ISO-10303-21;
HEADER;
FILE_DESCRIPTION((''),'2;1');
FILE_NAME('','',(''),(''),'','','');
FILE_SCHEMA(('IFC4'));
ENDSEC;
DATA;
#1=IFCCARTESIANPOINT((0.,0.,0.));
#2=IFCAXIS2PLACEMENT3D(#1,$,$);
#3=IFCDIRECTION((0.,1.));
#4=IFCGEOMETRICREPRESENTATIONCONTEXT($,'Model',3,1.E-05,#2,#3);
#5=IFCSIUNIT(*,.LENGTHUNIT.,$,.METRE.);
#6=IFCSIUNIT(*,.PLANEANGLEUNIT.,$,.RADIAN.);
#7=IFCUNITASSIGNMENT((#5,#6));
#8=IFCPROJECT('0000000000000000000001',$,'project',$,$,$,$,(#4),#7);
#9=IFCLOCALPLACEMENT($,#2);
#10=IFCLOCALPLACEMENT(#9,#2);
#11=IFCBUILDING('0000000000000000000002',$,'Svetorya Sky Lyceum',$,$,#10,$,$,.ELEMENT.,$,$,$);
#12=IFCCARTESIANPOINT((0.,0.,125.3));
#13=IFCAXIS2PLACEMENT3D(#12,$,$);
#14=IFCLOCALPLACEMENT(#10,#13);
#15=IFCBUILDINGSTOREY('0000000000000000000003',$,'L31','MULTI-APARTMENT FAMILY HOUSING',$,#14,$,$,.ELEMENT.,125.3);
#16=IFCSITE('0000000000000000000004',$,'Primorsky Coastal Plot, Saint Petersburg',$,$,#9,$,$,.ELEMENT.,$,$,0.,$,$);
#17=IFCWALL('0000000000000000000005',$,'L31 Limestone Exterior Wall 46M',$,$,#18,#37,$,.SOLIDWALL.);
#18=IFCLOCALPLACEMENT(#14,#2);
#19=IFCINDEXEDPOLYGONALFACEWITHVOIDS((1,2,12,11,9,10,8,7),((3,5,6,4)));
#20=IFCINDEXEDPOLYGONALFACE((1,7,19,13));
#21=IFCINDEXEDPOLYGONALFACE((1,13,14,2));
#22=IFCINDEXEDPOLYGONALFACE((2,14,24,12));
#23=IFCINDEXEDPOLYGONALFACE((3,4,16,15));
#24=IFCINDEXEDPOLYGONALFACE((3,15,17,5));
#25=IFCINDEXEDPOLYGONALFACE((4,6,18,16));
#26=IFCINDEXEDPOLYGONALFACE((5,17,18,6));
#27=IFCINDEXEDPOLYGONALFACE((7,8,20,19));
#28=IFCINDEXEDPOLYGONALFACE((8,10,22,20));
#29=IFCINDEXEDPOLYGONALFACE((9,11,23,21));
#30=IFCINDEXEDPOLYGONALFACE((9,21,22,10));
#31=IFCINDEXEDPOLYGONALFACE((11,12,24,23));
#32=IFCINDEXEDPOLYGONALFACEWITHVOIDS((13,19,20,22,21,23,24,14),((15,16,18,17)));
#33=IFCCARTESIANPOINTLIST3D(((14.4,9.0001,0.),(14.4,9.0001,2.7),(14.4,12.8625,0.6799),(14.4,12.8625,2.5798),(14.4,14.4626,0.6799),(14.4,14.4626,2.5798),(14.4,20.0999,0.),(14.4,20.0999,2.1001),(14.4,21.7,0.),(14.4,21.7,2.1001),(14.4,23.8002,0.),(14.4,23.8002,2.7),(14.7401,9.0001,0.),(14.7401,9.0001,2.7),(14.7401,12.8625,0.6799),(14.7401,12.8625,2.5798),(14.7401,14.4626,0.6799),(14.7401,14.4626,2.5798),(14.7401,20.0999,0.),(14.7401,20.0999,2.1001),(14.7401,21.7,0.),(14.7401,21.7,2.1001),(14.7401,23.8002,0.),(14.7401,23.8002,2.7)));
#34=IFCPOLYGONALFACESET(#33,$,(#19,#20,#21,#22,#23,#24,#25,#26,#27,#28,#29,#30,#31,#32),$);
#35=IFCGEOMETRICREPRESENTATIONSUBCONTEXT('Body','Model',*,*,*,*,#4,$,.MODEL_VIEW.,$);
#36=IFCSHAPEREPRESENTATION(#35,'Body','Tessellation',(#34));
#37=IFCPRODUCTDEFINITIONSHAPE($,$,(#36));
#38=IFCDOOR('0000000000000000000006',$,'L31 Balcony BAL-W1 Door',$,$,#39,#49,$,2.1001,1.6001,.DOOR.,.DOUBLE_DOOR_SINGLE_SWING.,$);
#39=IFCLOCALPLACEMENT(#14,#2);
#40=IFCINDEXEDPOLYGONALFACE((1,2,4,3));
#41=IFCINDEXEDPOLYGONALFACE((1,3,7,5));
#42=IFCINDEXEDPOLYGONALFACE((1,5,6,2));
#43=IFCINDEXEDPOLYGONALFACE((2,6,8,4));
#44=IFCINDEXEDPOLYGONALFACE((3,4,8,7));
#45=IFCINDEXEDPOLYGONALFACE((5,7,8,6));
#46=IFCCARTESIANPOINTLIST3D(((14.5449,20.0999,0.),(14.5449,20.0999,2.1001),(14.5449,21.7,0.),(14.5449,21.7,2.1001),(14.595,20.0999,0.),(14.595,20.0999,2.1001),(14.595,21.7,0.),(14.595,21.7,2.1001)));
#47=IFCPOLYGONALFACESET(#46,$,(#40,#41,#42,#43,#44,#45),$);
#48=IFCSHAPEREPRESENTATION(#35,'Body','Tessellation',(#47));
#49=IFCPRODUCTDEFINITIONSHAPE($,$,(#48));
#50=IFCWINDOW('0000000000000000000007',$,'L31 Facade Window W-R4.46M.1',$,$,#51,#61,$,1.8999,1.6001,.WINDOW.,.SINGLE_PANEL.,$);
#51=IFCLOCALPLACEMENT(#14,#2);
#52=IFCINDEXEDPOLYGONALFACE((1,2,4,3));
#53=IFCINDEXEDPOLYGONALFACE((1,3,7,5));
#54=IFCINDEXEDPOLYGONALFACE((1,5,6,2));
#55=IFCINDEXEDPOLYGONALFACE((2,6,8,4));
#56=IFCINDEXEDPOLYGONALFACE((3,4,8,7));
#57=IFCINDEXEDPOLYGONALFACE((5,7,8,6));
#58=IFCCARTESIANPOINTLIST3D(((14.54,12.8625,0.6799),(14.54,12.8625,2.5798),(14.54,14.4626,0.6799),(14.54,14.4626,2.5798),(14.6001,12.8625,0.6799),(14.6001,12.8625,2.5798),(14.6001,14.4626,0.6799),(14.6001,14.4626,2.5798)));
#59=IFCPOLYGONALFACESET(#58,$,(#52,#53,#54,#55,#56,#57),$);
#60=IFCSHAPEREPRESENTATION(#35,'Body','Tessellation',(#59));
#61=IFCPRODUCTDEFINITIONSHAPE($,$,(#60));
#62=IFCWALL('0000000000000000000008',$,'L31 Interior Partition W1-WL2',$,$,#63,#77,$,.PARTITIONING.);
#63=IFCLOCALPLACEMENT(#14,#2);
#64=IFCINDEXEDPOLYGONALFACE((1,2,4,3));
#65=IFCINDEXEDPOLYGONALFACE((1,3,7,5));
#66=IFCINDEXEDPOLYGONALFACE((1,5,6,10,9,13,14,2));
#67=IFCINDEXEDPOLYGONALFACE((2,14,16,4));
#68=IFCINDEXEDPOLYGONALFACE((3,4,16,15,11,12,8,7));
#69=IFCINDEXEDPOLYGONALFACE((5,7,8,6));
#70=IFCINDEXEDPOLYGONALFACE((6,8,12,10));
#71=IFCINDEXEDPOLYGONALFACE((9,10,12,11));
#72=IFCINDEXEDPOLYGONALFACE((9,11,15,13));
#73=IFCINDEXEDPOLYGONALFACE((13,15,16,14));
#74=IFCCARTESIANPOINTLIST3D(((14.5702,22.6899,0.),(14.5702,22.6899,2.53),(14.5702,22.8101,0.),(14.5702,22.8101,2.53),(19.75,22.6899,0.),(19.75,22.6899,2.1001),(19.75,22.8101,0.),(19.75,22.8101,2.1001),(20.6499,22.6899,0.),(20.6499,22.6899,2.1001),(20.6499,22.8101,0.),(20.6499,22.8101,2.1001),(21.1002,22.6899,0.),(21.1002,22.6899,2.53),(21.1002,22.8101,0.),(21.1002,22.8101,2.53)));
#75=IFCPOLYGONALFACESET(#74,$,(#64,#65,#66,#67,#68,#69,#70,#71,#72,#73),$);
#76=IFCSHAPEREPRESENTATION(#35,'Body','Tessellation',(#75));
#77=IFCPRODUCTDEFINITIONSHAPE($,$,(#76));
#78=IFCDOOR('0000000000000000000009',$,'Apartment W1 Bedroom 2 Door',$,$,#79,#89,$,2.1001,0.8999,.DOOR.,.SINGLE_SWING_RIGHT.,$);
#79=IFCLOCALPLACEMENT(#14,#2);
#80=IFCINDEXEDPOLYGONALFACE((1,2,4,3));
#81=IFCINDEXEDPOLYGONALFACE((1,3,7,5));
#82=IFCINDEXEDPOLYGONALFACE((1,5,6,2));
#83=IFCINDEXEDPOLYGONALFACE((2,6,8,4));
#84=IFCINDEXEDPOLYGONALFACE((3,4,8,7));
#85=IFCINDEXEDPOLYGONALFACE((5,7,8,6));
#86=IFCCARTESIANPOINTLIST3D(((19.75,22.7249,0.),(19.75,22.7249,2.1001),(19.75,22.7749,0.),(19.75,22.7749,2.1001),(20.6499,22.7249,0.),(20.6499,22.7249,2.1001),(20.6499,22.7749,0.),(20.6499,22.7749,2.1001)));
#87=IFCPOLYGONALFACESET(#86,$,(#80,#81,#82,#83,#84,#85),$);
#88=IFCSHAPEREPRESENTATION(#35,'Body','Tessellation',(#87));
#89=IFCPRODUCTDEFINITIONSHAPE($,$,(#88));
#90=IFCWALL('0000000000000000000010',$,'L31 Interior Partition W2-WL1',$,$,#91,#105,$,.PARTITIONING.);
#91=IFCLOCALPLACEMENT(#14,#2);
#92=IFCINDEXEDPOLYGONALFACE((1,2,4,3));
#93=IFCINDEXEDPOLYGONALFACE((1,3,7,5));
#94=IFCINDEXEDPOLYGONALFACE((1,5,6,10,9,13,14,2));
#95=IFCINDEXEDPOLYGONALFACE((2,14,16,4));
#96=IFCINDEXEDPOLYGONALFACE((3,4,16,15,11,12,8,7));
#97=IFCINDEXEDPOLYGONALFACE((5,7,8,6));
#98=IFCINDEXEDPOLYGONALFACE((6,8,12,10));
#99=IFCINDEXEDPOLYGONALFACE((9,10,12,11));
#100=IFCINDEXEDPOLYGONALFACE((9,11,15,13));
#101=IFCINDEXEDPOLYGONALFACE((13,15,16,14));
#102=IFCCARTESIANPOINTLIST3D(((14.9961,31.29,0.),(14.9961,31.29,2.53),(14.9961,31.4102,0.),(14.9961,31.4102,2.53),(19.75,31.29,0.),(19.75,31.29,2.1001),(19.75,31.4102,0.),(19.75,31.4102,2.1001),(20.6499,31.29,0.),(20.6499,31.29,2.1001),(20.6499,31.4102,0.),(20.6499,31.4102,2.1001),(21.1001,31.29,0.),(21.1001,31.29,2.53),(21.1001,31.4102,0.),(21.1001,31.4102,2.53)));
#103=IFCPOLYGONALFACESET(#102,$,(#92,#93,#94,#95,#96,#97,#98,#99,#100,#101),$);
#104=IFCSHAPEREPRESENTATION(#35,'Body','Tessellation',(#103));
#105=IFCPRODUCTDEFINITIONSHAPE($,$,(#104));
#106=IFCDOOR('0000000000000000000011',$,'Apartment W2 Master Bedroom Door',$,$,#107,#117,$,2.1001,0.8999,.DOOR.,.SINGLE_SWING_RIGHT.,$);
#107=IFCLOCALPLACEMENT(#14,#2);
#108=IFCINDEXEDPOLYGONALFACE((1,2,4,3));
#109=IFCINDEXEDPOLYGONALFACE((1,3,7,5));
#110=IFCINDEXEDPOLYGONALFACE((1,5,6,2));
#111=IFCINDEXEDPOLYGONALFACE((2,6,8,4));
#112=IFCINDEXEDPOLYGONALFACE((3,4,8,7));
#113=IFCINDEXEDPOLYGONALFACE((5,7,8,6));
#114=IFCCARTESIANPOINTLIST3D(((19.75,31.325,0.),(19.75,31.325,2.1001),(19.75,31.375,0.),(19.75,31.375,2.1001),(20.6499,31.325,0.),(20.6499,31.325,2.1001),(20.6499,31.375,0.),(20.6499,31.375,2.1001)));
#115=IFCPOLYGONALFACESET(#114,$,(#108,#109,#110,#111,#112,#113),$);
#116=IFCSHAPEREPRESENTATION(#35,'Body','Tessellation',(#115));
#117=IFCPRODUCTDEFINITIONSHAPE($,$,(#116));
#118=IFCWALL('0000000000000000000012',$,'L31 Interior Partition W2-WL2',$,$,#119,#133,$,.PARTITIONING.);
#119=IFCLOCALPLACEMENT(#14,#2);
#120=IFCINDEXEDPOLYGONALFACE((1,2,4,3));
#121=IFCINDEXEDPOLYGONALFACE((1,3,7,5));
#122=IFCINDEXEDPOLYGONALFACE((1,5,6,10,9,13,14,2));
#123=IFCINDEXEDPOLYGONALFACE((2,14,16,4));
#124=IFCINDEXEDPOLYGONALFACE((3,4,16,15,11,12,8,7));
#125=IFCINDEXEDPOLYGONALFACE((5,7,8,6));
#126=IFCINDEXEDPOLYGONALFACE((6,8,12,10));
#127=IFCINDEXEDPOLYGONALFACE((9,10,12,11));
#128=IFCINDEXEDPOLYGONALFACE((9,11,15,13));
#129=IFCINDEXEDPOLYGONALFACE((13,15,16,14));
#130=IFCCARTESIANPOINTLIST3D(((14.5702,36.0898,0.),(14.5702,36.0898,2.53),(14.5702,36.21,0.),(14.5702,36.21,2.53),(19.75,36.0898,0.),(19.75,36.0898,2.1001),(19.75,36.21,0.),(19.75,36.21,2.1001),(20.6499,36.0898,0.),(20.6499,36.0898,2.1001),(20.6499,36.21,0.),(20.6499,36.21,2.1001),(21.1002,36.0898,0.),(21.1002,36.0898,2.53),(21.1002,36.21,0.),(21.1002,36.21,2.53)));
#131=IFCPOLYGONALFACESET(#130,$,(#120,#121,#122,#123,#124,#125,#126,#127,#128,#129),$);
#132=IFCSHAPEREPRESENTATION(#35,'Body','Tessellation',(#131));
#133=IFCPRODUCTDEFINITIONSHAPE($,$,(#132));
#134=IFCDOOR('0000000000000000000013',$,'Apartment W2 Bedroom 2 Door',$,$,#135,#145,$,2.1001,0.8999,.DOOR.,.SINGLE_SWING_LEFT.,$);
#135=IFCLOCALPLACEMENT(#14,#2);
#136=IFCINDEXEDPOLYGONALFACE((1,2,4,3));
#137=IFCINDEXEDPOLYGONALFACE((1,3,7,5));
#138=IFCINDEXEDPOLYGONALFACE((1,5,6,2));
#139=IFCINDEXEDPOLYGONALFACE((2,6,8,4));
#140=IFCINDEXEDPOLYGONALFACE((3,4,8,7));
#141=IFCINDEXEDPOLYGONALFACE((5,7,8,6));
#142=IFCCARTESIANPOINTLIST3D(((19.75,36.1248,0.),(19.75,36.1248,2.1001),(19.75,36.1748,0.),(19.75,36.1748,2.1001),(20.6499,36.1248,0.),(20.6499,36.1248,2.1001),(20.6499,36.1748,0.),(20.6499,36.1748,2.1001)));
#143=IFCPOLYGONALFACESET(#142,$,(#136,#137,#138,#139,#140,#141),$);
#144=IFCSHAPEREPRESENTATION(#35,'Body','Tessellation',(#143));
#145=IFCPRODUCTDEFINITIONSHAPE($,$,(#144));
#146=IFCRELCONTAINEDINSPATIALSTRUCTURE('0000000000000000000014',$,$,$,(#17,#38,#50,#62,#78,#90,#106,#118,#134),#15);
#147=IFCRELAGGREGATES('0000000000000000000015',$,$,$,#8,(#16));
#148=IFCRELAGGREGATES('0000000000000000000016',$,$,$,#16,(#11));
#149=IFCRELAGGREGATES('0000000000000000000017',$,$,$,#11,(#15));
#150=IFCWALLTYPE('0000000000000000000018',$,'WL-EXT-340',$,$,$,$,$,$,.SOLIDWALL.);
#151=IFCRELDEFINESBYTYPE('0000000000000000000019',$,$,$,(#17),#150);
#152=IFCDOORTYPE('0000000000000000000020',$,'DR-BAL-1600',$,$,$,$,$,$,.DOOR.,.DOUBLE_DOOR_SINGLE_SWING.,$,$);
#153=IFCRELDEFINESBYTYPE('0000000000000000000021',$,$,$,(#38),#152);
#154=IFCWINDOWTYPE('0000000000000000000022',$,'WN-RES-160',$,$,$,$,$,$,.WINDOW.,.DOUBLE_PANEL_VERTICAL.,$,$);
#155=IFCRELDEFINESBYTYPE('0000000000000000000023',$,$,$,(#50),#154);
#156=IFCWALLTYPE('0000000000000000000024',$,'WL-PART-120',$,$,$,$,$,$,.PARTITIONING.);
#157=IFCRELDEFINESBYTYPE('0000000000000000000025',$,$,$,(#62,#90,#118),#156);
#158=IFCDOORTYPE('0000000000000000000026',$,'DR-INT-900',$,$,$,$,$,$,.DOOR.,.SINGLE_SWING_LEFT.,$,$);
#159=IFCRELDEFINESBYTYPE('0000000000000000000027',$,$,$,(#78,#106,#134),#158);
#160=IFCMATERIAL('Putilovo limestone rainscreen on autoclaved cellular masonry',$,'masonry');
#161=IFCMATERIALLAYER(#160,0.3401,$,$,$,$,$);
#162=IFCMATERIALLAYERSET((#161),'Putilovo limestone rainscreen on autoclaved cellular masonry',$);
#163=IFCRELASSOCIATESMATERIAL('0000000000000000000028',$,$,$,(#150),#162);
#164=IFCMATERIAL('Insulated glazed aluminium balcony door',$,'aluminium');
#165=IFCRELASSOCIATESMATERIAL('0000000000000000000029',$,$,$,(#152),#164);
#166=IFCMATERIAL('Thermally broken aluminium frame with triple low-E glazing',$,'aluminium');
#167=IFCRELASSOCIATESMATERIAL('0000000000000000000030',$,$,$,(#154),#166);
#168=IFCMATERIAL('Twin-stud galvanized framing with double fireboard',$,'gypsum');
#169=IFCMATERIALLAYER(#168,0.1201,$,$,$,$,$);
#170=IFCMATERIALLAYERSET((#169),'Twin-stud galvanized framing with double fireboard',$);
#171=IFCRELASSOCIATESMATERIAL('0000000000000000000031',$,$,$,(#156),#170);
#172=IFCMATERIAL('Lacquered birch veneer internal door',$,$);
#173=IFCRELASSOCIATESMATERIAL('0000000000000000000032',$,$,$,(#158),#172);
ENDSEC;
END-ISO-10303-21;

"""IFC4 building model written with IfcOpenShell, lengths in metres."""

from ifc_helpers import new_model, si_unit, direction, frame, frame_2d, origin, place, context, subcontext, project, spatial, rectangle, extrude, material, layer, layer_set, type_object, element, fill, save


model = new_model("IFC4")

# Units and contexts
model_context = context("Model", 3, precision=1e-05, world=origin(), true_north=direction((0.0, 1.0)))
body_context = subcontext(model_context, "Body", "Model", "MODEL_VIEW")
ifc_project = project(units=[si_unit("LENGTHUNIT", "METRE"), si_unit("PLANEANGLEUNIT", "RADIAN")], contexts=[model_context])

# Site, building, storey
site_placement = place(None, origin())
site = spatial("IfcSite", under=ifc_project, at=site_placement, Name="Primorsky Coastal Plot, Saint Petersburg", CompositionType="ELEMENT", RefElevation=0.0)
building_placement = place(site_placement, origin())
building = spatial("IfcBuilding", under=site, at=building_placement, Name="Svetorya Sky Lyceum", CompositionType="ELEMENT")
storey_placement = place(building_placement, frame((0.0, 0.0, 125.3)))
storey = spatial("IfcBuildingStorey", under=building, at=storey_placement, Name="L31", Description="MULTI-APARTMENT FAMILY HOUSING", CompositionType="ELEMENT", Elevation=125.3)

# Shared definitions
ifc_material_1 = material(Name="Putilovo limestone rainscreen on autoclaved cellular masonry", Category="masonry")
ifc_layer_1 = layer(ifc_material_1, 0.3401)
ifc_layer_set_1 = layer_set([ifc_layer_1], Name="Putilovo limestone rainscreen on autoclaved cellular masonry")
wall_type_1 = type_object("IfcWallType", Name="WL-EXT-340", PredefinedType="SOLIDWALL", material=ifc_layer_set_1)

# Shared definitions
ifc_material_2 = material(Name="Thermally broken aluminium frame with triple low-E glazing", Category="aluminium")

# Wall, openings, door, window
wall_1_placement = place(storey_placement, frame((14.5701, 23.8, 0.0), z_axis=(0.0, 0.0, 1.0), x_axis=(0.0, -1.0, 0.0)))
wall_1 = element("IfcWall", 1, at=wall_1_placement, inside=storey, type_object=wall_type_1, Name="L31 Limestone Exterior Wall 46M", PredefinedType="SOLIDWALL", context=body_context, shape_type="SweptSolid", body=[
    extrude(rectangle(XDim=14.8, YDim=0.3401, at=frame_2d((7.3999, 0.0))), origin(), (0.0, 0.0, 1.0), 2.7),
])
opening_1_placement = place(wall_1_placement, frame((2.1001, 0.0, 0.0)))
opening_1 = element("IfcOpeningElement", 2, at=opening_1_placement, cuts=wall_1, PredefinedType="OPENING", context=body_context, shape_type="SweptSolid", body=[
    extrude(rectangle(XDim=1.6001, YDim=2.1001, at=frame_2d((0.8, 1.05))), frame((0.0, 0.1799, 0.0), z_axis=(0.0, -1.0, 0.0), x_axis=(1.0, 0.0, 0.0)), (0.0, 0.0, 1.0), 0.3601),
])
opening_2_placement = place(wall_1_placement, frame((9.3374, 0.0, 0.6799)))
opening_2 = element("IfcOpeningElement", 3, at=opening_2_placement, cuts=wall_1, PredefinedType="OPENING", context=body_context, shape_type="SweptSolid", body=[
    extrude(rectangle(XDim=1.6001, YDim=1.8999, at=frame_2d((0.8, 0.95))), frame((0.0, 0.1799, 0.0), z_axis=(0.0, -1.0, 0.0), x_axis=(1.0, 0.0, 0.0)), (0.0, 0.0, 1.0), 0.3601),
])
ifc_material_3 = material(Name="Insulated glazed aluminium balcony door", Category="aluminium")
door_type_1 = type_object("IfcDoorType", Name="DR-BAL-1600", OperationType="DOUBLE_DOOR_SINGLE_SWING", PredefinedType="DOOR", material=ifc_material_3)
door_1_placement = place(opening_1_placement, origin())
door_1 = element("IfcDoor", 4, at=door_1_placement, inside=storey, type_object=door_type_1, Name="L31 Balcony BAL-W1 Door", OperationType="DOUBLE_DOOR_SINGLE_SWING", OverallHeight=2.1001, OverallWidth=1.6001, PredefinedType="DOOR", context=body_context, shape_type="SweptSolid", body=[
    extrude(rectangle(XDim=1.6001, YDim=2.1001, at=frame_2d((0.8, 1.05))), frame((0.0, 0.0249, 0.0), z_axis=(0.0, -1.0, 0.0), x_axis=(1.0, 0.0, 0.0)), (0.0, 0.0, 1.0), 0.05),
])
fill(opening_1, door_1)
window_type_1 = type_object("IfcWindowType", Name="WN-RES-160", PartitioningType="DOUBLE_PANEL_VERTICAL", PredefinedType="WINDOW", material=ifc_material_2)
window_1_placement = place(opening_2_placement, origin())
window_1 = element("IfcWindow", 5, at=window_1_placement, inside=storey, type_object=window_type_1, Name="L31 Facade Window W-R4.46M.1", OverallHeight=1.8999, OverallWidth=1.6001, PartitioningType="SINGLE_PANEL", PredefinedType="WINDOW", context=body_context, shape_type="SweptSolid", body=[
    extrude(rectangle(XDim=1.6001, YDim=1.8999, at=frame_2d((0.8, 0.95))), frame((0.0, 0.03, 0.0), z_axis=(0.0, -1.0, 0.0), x_axis=(1.0, 0.0, 0.0)), (0.0, 0.0, 1.0), 0.0601),
])
fill(opening_2, window_1)

# Walls, openings, doors
ifc_material_4 = material(Name="Twin-stud galvanized framing with double fireboard", Category="gypsum")
ifc_layer_2 = layer(ifc_material_4, 0.1201)
ifc_layer_set_2 = layer_set([ifc_layer_2], Name="Twin-stud galvanized framing with double fireboard")
wall_type_2 = type_object("IfcWallType", Name="WL-PART-120", PredefinedType="PARTITIONING", material=ifc_layer_set_2)
wall_2_placement = place(storey_placement, frame((14.5701, 22.75, 0.0), z_axis=(0.0, 0.0, 1.0), x_axis=(1.0, 0.0, 0.0)))
wall_2 = element("IfcWall", 6, at=wall_2_placement, inside=storey, type_object=wall_type_2, Name="L31 Interior Partition W1-WL2", PredefinedType="PARTITIONING", context=body_context, shape_type="SweptSolid", body=[
    extrude(rectangle(XDim=6.53, YDim=0.1201, at=frame_2d((3.2651, 0.0))), origin(), (0.0, 0.0, 1.0), 2.53),
])
opening_3_placement = place(wall_2_placement, frame((5.1799, 0.0, 0.0)))
opening_3 = element("IfcOpeningElement", 7, at=opening_3_placement, cuts=wall_2, PredefinedType="OPENING", context=body_context, shape_type="SweptSolid", body=[
    extrude(rectangle(XDim=0.8999, YDim=2.1001, at=frame_2d((0.45, 1.05))), frame((0.0, 0.0701, 0.0), z_axis=(0.0, -1.0, 0.0), x_axis=(1.0, 0.0, 0.0)), (0.0, 0.0, 1.0), 0.1401),
])
ifc_material_5 = material(Name="Lacquered birch veneer internal door")
door_type_2 = type_object("IfcDoorType", Name="DR-INT-900", OperationType="SINGLE_SWING_LEFT", PredefinedType="DOOR", material=ifc_material_5)
door_2_placement = place(opening_3_placement, origin())
door_2 = element("IfcDoor", 8, at=door_2_placement, inside=storey, type_object=door_type_2, Name="Apartment W1 Bedroom 2 Door", OperationType="SINGLE_SWING_RIGHT", OverallHeight=2.1001, OverallWidth=0.8999, PredefinedType="DOOR", context=body_context, shape_type="SweptSolid", body=[
    extrude(rectangle(XDim=0.8999, YDim=2.1001, at=frame_2d((0.45, 1.05))), frame((0.0, 0.0249, 0.0), z_axis=(0.0, -1.0, 0.0), x_axis=(1.0, 0.0, 0.0)), (0.0, 0.0, 1.0), 0.05),
])
fill(opening_3, door_2)
wall_3_placement = place(storey_placement, frame((14.9961, 31.3501, 0.0), z_axis=(0.0, 0.0, 1.0), x_axis=(1.0, 0.0, 0.0)))
wall_3 = element("IfcWall", 9, at=wall_3_placement, inside=storey, type_object=wall_type_2, Name="L31 Interior Partition W2-WL1", PredefinedType="PARTITIONING", context=body_context, shape_type="SweptSolid", body=[
    extrude(rectangle(XDim=6.104, YDim=0.1201, at=frame_2d((3.052, 0.0))), origin(), (0.0, 0.0, 1.0), 2.53),
])
opening_4_placement = place(wall_3_placement, frame((4.7539, 0.0, 0.0)))
opening_4 = element("IfcOpeningElement", 10, at=opening_4_placement, cuts=wall_3, PredefinedType="OPENING", context=body_context, shape_type="SweptSolid", body=[
    extrude(rectangle(XDim=0.8999, YDim=2.1001, at=frame_2d((0.45, 1.05))), frame((0.0, 0.0701, 0.0), z_axis=(0.0, -1.0, 0.0), x_axis=(1.0, 0.0, 0.0)), (0.0, 0.0, 1.0), 0.1401),
])
door_3_placement = place(opening_4_placement, origin())
door_3 = element("IfcDoor", 11, at=door_3_placement, inside=storey, type_object=door_type_2, Name="Apartment W2 Master Bedroom Door", OperationType="SINGLE_SWING_RIGHT", OverallHeight=2.1001, OverallWidth=0.8999, PredefinedType="DOOR", context=body_context, shape_type="SweptSolid", body=[
    extrude(rectangle(XDim=0.8999, YDim=2.1001, at=frame_2d((0.45, 1.05))), frame((0.0, 0.0249, 0.0), z_axis=(0.0, -1.0, 0.0), x_axis=(1.0, 0.0, 0.0)), (0.0, 0.0, 1.0), 0.05),
])
fill(opening_4, door_3)
wall_4_placement = place(storey_placement, frame((14.5701, 36.1499, 0.0), z_axis=(0.0, 0.0, 1.0), x_axis=(1.0, 0.0, 0.0)))
wall_4 = element("IfcWall", 12, at=wall_4_placement, inside=storey, type_object=wall_type_2, Name="L31 Interior Partition W2-WL2", PredefinedType="PARTITIONING", context=body_context, shape_type="SweptSolid", body=[
    extrude(rectangle(XDim=6.53, YDim=0.1201, at=frame_2d((3.2651, 0.0))), origin(), (0.0, 0.0, 1.0), 2.53),
])
opening_5_placement = place(wall_4_placement, frame((5.1799, 0.0, 0.0)))
opening_5 = element("IfcOpeningElement", 13, at=opening_5_placement, cuts=wall_4, PredefinedType="OPENING", context=body_context, shape_type="SweptSolid", body=[
    extrude(rectangle(XDim=0.8999, YDim=2.1001, at=frame_2d((0.45, 1.05))), frame((0.0, 0.0701, 0.0), z_axis=(0.0, -1.0, 0.0), x_axis=(1.0, 0.0, 0.0)), (0.0, 0.0, 1.0), 0.1401),
])
door_4_placement = place(opening_5_placement, origin())
door_4 = element("IfcDoor", 14, at=door_4_placement, inside=storey, type_object=door_type_2, Name="Apartment W2 Bedroom 2 Door", OperationType="SINGLE_SWING_LEFT", OverallHeight=2.1001, OverallWidth=0.8999, PredefinedType="DOOR", context=body_context, shape_type="SweptSolid", body=[
    extrude(rectangle(XDim=0.8999, YDim=2.1001, at=frame_2d((0.45, 1.05))), frame((0.0, 0.0249, 0.0), z_axis=(0.0, -1.0, 0.0), x_axis=(1.0, 0.0, 0.0)), (0.0, 0.0, 1.0), 0.05),
])
fill(opening_5, door_4)

save(model, "model.ifc")
